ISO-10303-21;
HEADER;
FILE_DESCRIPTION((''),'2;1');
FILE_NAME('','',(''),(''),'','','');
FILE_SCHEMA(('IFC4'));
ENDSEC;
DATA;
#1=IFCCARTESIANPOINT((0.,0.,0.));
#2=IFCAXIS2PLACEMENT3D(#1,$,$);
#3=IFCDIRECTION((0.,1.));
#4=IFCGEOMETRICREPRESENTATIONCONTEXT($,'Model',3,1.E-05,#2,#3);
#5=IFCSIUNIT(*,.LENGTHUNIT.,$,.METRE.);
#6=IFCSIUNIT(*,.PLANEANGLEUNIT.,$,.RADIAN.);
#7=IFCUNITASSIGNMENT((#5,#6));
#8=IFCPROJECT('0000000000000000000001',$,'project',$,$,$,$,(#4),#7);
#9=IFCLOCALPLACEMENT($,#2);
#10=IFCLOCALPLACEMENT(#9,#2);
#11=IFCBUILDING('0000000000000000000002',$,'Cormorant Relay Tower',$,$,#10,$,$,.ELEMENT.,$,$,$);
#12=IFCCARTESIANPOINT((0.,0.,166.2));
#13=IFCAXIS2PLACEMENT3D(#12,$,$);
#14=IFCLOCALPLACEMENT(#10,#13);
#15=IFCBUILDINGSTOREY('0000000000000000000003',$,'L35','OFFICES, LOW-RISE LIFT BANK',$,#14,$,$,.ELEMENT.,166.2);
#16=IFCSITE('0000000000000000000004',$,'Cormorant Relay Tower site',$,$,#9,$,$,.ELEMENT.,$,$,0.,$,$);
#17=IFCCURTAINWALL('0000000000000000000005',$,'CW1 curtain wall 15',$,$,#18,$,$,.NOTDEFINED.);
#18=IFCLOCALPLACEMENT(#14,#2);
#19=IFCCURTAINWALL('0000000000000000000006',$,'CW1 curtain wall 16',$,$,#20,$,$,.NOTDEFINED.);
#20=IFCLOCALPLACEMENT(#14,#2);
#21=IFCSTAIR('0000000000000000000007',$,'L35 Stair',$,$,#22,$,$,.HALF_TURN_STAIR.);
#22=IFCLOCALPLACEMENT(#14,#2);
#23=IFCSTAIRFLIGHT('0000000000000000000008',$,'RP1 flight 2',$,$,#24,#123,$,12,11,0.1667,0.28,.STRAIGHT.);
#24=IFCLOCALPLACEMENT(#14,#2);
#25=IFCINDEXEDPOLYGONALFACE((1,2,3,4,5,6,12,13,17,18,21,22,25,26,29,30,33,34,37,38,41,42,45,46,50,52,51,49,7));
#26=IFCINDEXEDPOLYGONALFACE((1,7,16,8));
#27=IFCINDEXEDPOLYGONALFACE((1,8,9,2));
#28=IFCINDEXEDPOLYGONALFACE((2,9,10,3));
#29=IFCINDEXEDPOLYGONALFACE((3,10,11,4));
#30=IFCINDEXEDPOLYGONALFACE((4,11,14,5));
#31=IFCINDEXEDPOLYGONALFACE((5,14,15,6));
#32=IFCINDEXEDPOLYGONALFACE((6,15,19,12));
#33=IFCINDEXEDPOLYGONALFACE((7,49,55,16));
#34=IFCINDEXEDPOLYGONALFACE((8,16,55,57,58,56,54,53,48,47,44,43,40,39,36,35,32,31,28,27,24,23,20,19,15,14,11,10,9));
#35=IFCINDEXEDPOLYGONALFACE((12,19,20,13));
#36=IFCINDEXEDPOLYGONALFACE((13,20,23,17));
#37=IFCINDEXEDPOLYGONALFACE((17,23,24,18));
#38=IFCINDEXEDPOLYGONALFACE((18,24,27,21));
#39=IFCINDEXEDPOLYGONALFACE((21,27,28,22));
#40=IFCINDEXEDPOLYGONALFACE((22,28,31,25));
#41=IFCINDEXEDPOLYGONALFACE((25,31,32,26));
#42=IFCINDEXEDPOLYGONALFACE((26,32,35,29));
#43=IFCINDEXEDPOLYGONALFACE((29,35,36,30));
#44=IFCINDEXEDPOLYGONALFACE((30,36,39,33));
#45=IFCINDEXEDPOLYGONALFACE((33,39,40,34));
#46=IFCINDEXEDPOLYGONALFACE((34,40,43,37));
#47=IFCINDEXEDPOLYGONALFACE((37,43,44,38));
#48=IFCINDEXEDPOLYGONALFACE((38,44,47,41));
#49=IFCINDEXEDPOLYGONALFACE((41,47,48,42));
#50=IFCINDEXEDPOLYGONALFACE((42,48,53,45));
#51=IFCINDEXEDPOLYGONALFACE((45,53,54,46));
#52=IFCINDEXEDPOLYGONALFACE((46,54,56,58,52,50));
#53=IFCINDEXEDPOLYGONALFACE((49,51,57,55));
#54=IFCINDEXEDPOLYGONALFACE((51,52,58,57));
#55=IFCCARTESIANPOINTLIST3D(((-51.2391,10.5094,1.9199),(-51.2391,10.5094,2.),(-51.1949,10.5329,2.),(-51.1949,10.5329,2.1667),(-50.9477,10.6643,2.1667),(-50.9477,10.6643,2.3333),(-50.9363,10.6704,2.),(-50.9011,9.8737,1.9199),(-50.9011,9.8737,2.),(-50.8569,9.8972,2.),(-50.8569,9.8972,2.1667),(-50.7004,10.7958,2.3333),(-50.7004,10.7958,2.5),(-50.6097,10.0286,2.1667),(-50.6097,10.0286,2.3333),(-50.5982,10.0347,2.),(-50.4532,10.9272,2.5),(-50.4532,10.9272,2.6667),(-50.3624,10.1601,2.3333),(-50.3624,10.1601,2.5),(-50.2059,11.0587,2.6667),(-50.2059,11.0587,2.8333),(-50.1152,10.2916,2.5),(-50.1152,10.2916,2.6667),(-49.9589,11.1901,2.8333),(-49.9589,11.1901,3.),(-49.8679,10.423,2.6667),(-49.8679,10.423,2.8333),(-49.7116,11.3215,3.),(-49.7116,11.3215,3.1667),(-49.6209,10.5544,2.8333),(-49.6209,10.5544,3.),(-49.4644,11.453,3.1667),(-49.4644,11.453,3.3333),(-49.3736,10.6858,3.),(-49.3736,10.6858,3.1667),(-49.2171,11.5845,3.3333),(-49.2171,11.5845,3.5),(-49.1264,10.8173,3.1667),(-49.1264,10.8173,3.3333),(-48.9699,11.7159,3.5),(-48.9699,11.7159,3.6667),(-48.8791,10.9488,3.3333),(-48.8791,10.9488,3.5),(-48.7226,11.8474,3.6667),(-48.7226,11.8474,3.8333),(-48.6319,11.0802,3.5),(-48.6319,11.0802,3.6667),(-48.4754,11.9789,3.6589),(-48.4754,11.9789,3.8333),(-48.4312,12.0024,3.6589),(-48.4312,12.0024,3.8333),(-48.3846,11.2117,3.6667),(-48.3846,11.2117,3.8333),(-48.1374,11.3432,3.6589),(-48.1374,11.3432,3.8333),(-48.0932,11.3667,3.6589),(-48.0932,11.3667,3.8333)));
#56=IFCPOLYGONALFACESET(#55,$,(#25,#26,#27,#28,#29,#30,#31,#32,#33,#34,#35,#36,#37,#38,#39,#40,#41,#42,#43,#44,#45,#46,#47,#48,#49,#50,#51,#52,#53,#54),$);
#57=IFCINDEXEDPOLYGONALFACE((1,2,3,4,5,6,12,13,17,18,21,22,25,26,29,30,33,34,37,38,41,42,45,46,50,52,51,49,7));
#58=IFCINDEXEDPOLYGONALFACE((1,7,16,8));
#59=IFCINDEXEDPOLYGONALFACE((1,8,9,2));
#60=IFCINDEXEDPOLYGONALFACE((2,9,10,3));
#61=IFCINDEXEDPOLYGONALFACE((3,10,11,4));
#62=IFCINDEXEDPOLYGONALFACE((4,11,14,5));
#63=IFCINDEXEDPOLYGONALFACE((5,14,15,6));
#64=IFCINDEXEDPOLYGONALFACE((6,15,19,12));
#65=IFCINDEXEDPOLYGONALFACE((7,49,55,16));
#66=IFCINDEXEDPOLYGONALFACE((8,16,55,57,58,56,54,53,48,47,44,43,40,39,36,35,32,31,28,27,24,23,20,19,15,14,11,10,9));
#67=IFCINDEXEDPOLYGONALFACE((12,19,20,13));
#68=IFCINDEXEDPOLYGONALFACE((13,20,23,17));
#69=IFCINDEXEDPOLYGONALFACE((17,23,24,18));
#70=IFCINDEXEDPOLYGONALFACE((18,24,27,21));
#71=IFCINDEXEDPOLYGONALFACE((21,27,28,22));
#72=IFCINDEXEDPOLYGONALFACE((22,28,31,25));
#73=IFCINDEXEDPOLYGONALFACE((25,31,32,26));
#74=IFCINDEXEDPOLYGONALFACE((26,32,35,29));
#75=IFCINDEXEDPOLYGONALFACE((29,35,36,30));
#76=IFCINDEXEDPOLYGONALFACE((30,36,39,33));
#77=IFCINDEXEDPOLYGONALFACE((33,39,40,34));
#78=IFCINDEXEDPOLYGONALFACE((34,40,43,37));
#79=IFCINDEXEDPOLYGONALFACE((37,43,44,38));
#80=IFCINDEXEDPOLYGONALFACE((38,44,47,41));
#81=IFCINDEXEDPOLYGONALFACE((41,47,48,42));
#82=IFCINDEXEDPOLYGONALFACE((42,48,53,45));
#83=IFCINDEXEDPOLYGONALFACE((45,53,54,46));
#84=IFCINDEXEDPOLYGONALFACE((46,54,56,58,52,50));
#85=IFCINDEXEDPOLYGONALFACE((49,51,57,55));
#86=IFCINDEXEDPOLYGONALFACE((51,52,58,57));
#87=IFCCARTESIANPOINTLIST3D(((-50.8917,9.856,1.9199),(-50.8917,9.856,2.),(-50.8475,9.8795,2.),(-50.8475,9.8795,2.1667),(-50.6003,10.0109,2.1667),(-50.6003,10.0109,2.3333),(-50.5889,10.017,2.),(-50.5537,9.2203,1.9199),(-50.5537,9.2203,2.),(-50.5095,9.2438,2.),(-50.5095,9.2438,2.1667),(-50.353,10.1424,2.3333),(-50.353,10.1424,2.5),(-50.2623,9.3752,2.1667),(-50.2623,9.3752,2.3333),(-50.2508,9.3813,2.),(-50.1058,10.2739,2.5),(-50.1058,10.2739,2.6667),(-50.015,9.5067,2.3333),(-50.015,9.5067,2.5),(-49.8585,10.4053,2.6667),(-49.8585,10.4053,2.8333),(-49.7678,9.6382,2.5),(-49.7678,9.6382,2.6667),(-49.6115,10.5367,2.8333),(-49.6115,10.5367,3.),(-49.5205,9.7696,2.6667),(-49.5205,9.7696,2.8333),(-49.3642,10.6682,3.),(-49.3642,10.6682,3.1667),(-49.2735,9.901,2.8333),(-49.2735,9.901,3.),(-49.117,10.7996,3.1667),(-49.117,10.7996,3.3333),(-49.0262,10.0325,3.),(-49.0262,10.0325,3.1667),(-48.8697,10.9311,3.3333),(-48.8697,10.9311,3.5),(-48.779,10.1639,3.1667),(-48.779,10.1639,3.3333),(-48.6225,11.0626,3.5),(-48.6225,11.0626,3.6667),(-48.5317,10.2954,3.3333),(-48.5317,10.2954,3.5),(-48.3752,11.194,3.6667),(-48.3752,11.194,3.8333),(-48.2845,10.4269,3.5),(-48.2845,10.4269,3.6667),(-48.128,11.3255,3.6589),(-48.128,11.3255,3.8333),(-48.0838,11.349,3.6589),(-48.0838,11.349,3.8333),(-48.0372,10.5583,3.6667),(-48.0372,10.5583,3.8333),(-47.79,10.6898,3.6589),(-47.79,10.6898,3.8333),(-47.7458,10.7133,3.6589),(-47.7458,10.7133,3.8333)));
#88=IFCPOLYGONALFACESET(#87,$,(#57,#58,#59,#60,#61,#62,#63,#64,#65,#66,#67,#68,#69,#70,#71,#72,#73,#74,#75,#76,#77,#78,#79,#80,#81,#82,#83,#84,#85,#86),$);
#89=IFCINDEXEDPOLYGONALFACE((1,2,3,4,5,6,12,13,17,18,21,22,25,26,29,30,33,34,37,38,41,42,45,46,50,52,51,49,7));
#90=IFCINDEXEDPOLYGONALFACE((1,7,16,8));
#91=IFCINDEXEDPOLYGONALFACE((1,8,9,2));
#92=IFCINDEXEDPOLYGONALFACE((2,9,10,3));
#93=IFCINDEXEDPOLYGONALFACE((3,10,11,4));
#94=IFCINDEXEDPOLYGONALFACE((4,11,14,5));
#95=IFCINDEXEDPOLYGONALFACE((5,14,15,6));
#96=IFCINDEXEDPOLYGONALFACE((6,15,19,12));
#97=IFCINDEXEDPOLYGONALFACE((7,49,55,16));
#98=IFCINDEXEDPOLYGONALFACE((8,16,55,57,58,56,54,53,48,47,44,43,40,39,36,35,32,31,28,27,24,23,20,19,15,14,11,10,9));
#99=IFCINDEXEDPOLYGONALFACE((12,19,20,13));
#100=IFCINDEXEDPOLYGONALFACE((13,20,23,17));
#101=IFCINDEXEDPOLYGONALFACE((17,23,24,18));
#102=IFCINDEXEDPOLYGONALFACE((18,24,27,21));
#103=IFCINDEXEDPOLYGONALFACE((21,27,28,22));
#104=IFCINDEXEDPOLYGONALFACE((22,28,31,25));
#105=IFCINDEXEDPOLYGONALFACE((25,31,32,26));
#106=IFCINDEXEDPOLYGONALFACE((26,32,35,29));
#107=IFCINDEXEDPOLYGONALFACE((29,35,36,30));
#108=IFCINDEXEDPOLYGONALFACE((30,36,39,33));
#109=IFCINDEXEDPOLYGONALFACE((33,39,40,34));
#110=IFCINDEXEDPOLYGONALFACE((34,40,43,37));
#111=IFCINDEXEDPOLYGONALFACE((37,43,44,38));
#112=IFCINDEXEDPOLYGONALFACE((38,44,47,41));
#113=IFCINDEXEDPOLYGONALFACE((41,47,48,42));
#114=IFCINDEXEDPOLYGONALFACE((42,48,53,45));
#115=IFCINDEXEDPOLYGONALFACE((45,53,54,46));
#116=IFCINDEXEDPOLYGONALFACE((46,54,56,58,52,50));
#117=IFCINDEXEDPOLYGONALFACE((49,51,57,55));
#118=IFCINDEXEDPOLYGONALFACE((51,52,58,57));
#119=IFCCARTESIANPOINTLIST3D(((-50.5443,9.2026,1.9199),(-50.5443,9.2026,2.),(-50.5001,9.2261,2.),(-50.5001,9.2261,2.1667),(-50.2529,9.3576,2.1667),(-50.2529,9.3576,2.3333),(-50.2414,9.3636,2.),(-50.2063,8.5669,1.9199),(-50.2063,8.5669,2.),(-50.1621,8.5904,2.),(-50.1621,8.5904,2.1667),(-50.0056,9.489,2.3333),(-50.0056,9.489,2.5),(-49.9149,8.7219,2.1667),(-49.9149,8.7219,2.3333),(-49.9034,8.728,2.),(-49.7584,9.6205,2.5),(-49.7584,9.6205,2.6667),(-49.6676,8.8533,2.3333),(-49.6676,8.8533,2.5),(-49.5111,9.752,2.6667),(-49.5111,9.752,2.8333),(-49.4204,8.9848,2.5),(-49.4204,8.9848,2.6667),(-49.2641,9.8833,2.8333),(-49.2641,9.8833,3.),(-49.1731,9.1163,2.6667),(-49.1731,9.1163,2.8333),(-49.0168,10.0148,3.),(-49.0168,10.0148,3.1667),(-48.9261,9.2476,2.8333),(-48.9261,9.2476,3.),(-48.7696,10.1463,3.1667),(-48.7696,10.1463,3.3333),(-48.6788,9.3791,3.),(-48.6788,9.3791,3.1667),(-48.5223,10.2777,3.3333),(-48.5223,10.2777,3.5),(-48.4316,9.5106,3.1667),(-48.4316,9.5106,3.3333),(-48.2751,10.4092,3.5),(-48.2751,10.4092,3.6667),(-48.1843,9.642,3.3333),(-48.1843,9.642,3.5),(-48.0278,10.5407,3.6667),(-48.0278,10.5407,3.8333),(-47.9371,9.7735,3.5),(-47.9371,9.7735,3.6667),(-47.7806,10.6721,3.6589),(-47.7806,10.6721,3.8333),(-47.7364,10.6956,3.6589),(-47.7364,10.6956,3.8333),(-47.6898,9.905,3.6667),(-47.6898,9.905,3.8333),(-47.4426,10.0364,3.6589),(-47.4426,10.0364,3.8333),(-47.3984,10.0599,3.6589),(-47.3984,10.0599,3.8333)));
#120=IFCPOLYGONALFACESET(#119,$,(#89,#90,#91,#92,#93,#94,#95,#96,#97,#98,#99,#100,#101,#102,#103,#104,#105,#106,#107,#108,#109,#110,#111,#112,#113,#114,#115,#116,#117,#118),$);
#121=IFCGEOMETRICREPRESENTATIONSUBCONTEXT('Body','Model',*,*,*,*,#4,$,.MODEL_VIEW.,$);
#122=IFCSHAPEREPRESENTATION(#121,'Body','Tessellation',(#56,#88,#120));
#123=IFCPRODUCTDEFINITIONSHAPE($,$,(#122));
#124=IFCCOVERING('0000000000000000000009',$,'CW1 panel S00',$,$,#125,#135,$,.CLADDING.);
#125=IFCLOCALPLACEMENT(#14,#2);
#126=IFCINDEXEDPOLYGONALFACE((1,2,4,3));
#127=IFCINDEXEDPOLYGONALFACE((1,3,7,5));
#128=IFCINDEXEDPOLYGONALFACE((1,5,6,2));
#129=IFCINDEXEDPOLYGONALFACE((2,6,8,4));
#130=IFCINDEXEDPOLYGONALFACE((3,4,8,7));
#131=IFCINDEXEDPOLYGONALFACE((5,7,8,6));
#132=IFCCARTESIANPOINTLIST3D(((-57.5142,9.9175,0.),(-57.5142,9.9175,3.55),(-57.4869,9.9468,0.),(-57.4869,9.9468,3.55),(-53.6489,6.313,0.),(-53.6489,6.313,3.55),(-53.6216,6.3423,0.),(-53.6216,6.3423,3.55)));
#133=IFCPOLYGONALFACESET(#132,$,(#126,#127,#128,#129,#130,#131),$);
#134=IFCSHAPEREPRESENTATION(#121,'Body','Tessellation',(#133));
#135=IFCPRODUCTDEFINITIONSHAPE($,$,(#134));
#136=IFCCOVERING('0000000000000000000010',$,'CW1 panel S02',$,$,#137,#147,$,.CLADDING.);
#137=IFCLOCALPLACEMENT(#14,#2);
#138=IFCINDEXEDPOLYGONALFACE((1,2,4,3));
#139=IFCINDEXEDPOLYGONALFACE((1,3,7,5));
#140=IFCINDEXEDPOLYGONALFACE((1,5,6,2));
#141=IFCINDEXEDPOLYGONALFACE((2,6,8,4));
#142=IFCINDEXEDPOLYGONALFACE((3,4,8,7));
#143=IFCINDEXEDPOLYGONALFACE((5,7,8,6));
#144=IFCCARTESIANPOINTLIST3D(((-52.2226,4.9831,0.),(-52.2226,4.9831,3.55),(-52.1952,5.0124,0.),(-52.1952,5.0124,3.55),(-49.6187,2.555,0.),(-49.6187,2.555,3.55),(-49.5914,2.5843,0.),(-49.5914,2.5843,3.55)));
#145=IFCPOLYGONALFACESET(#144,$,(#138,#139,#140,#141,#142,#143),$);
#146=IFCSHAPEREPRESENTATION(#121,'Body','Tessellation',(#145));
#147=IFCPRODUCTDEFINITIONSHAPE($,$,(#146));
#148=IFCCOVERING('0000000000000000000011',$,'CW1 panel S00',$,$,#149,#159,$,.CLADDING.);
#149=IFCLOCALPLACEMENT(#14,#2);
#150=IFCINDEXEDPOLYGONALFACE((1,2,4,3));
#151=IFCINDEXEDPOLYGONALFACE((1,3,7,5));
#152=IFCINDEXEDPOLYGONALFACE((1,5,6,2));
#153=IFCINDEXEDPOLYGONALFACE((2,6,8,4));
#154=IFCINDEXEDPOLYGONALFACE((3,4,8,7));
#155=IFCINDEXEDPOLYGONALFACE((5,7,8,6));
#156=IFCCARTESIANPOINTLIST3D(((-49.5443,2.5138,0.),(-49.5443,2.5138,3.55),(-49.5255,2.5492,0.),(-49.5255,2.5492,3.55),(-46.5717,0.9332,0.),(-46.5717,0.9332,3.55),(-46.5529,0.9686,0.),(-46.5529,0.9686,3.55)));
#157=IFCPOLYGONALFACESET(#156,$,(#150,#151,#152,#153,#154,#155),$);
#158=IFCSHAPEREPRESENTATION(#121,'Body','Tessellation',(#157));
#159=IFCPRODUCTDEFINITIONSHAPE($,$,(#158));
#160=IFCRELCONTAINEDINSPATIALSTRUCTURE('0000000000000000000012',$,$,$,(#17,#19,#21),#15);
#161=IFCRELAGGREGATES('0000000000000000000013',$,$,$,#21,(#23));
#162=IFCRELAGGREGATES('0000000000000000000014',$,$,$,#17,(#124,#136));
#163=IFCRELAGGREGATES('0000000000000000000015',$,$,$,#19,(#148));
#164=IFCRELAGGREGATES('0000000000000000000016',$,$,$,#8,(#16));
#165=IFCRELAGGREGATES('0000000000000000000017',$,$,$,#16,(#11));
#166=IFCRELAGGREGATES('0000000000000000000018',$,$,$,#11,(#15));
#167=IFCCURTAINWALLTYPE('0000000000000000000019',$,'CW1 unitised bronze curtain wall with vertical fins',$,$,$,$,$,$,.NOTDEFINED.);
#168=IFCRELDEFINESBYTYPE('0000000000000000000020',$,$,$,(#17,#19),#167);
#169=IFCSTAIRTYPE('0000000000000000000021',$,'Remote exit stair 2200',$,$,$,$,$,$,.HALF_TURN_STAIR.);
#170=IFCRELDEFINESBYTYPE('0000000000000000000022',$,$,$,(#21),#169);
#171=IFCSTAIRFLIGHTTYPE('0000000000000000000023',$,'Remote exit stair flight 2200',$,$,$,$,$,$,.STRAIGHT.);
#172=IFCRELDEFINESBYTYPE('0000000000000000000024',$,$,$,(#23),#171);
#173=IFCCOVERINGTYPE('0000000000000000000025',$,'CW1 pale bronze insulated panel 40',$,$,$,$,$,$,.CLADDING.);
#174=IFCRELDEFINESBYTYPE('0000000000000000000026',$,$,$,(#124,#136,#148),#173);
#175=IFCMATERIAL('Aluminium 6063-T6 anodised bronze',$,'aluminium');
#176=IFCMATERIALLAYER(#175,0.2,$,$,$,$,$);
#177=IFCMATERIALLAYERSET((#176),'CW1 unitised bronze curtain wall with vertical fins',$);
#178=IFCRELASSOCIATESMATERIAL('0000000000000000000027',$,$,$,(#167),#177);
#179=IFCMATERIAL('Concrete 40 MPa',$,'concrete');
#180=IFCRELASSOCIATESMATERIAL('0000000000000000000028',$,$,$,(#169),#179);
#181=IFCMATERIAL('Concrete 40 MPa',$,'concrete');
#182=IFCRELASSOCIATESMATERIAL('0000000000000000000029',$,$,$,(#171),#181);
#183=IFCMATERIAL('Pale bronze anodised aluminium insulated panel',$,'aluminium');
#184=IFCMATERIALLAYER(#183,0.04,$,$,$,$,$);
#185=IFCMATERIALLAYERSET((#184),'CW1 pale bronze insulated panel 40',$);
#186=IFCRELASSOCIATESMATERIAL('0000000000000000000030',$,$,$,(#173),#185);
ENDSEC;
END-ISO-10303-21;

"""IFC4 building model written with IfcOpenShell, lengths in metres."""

from ifc_helpers import new_model, si_unit, direction, frame, origin, origin_2d, place, context, subcontext, project, spatial, polyline, rectangle, outline, extrude, material, layer, layer_set, type_object, element, aggregate, save


model = new_model("IFC4")

# Units and contexts
model_context = context("Model", 3, precision=1e-05, world=origin(), true_north=direction((0.0, 1.0)))
body_context = subcontext(model_context, "Body", "Model", "MODEL_VIEW")
ifc_project = project(units=[si_unit("LENGTHUNIT", "METRE"), si_unit("PLANEANGLEUNIT", "RADIAN")], contexts=[model_context])

# Site, building, storey
site_placement = place(None, origin())
site = spatial("IfcSite", under=ifc_project, at=site_placement, Name="Cormorant Relay Tower site", CompositionType="ELEMENT", RefElevation=0.0)
building_placement = place(site_placement, origin())
building = spatial("IfcBuilding", under=site, at=building_placement, Name="Cormorant Relay Tower", CompositionType="ELEMENT")
storey_placement = place(building_placement, frame((0.0, 0.0, 166.2)))
storey = spatial("IfcBuildingStorey", under=building, at=storey_placement, Name="L35", Description="OFFICES, LOW-RISE LIFT BANK", CompositionType="ELEMENT", Elevation=166.2)

# Shared definitions
ifc_material_1 = material(Name="Aluminium 6063-T6 anodised bronze", Category="aluminium")
ifc_layer_1 = layer(ifc_material_1, 0.2)
ifc_layer_set_1 = layer_set([ifc_layer_1], Name="CW1 unitised bronze curtain wall with vertical fins")
curtain_wall_type = type_object("IfcCurtainWallType", Name="CW1 unitised bronze curtain wall with vertical fins", PredefinedType="NOTDEFINED", material=ifc_layer_set_1)

# Curtain wall
curtain_wall_1_placement = place(storey_placement, origin())
curtain_wall_1 = element("IfcCurtainWall", 1, at=curtain_wall_1_placement, inside=storey, type_object=curtain_wall_type, Name="CW1 curtain wall 15", PredefinedType="NOTDEFINED")

# Curtain wall
curtain_wall_2_placement = place(storey_placement, origin())
curtain_wall_2 = element("IfcCurtainWall", 2, at=curtain_wall_2_placement, inside=storey, type_object=curtain_wall_type, Name="CW1 curtain wall 16", PredefinedType="NOTDEFINED")

# Stair, stair flight
ifc_material_2 = material(Name="Concrete 40 MPa", Category="concrete")
stair_type = type_object("IfcStairType", Name="Remote exit stair 2200", PredefinedType="HALF_TURN_STAIR", material=ifc_material_2)
stair_placement = place(storey_placement, origin())
stair = element("IfcStair", 3, at=stair_placement, inside=storey, type_object=stair_type, Name="L35 Stair", PredefinedType="HALF_TURN_STAIR")
ifc_material_3 = material(Name="Concrete 40 MPa", Category="concrete")
stair_flight_type = type_object("IfcStairFlightType", Name="Remote exit stair flight 2200", PredefinedType="STRAIGHT", material=ifc_material_3)
stair_flight_1_placement = place(storey_placement, frame((-50.6785, 9.5615, 2.0), z_axis=(0.0, 0.0, 1.0), x_axis=(0.882948, 0.469472, 0.0)))
stair_flight_1 = element("IfcStairFlight", 4, at=stair_flight_1_placement, type_object=stair_flight_type, Name="RP1 flight 2", NumberOfRisers=12, NumberOfTreads=11, PredefinedType="STRAIGHT", RiserHeight=0.1667, TreadLength=0.28, context=body_context, shape_type="SweptSolid", body=[
    extrude(outline(polyline([(-0.05, -0.0801), (-0.05, 0.0), (0.0, 0.0), (0.0, 0.1667), (0.28, 0.1667), (0.28, 0.3333), (0.5601, 0.3333), (0.5601, 0.5), (0.8401, 0.5), (0.8401, 0.6667), (1.1201, 0.6667), (1.1201, 0.8333), (1.3999, 0.8333), (1.3999, 1.0), (1.6799, 1.0), (1.6799, 1.1667), (1.96, 1.1667), (1.96, 1.3333), (2.24, 1.3333), (2.24, 1.5), (2.52, 1.5), (2.52, 1.6667), (2.8, 1.6667), (2.8, 1.8333), (3.0801, 1.8333), (3.1301, 1.8333), (3.1301, 1.6589), (3.0801, 1.6589), (0.293, 0.0), (-0.05, -0.0801)])), frame((0.0, 1.1001, 0.0), z_axis=(0.0, -1.0, 0.0), x_axis=(1.0, 0.0, 0.0)), (0.0, 0.0, 1.0), 0.72),
    extrude(outline(polyline([(-0.05, -0.0801), (-0.05, 0.0), (0.0, 0.0), (0.0, 0.1667), (0.28, 0.1667), (0.28, 0.3333), (0.5601, 0.3333), (0.5601, 0.5), (0.8401, 0.5), (0.8401, 0.6667), (1.1201, 0.6667), (1.1201, 0.8333), (1.3999, 0.8333), (1.3999, 1.0), (1.6799, 1.0), (1.6799, 1.1667), (1.96, 1.1667), (1.96, 1.3333), (2.24, 1.3333), (2.24, 1.5), (2.52, 1.5), (2.52, 1.6667), (2.8, 1.6667), (2.8, 1.8333), (3.0801, 1.8333), (3.1301, 1.8333), (3.1301, 1.6589), (3.0801, 1.6589), (0.293, 0.0), (-0.05, -0.0801)])), frame((0.0, 0.3601, 0.0), z_axis=(0.0, -1.0, 0.0), x_axis=(1.0, 0.0, 0.0)), (0.0, 0.0, 1.0), 0.72),
    extrude(outline(polyline([(-0.05, -0.0801), (-0.05, 0.0), (0.0, 0.0), (0.0, 0.1667), (0.28, 0.1667), (0.28, 0.3333), (0.5601, 0.3333), (0.5601, 0.5), (0.8401, 0.5), (0.8401, 0.6667), (1.1201, 0.6667), (1.1201, 0.8333), (1.3999, 0.8333), (1.3999, 1.0), (1.6799, 1.0), (1.6799, 1.1667), (1.96, 1.1667), (1.96, 1.3333), (2.24, 1.3333), (2.24, 1.5), (2.52, 1.5), (2.52, 1.6667), (2.8, 1.6667), (2.8, 1.8333), (3.0801, 1.8333), (3.1301, 1.8333), (3.1301, 1.6589), (3.0801, 1.6589), (0.293, 0.0), (-0.05, -0.0801)])), frame((0.0, -0.3799, 0.0), z_axis=(0.0, -1.0, 0.0), x_axis=(1.0, 0.0, 0.0)), (0.0, 0.0, 1.0), 0.72),
])
aggregate(stair, [stair_flight_1])

# Coverings
ifc_material_4 = material(Name="Pale bronze anodised aluminium insulated panel", Category="aluminium")
ifc_layer_2 = layer(ifc_material_4, 0.04)
ifc_layer_set_2 = layer_set([ifc_layer_2], Name="CW1 pale bronze insulated panel 40")
covering_type = type_object("IfcCoveringType", Name="CW1 pale bronze insulated panel 40", PredefinedType="CLADDING", material=ifc_layer_set_2)
covering_1_placement = place(storey_placement, frame((-55.5679, 8.1299, 0.0), z_axis=(0.0, 0.0, 1.0), x_axis=(0.731354, -0.681998, 0.0)))
covering_1 = element("IfcCovering", 5, at=covering_1_placement, type_object=covering_type, Name="CW1 panel S00", PredefinedType="CLADDING", context=body_context, shape_type="SweptSolid", body=[
    extrude(rectangle(XDim=5.2852, YDim=0.04, at=origin_2d()), origin(), (0.0, 0.0, 1.0), 3.55),
])
covering_2_placement = place(storey_placement, frame((-50.907, 3.7837, 0.0), z_axis=(0.0, 0.0, 1.0), x_axis=(0.731354, -0.681998, 0.0)))
covering_2 = element("IfcCovering", 6, at=covering_2_placement, type_object=covering_type, Name="CW1 panel S02", PredefinedType="CLADDING", context=body_context, shape_type="SweptSolid", body=[
    extrude(rectangle(XDim=3.5603, YDim=0.04, at=origin_2d()), origin(), (0.0, 0.0, 1.0), 3.55),
])
aggregate(curtain_wall_1, [covering_1, covering_2])
covering_3_placement = place(storey_placement, frame((-48.0486, 1.7412, 0.0), z_axis=(0.0, 0.0, 1.0), x_axis=(0.882948, -0.469472, 0.0)))
covering_3 = element("IfcCovering", 7, at=covering_3_placement, type_object=covering_type, Name="CW1 panel S00", PredefinedType="CLADDING", context=body_context, shape_type="SweptSolid", body=[
    extrude(rectangle(XDim=3.3667, YDim=0.04, at=origin_2d()), origin(), (0.0, 0.0, 1.0), 3.55),
])
aggregate(curtain_wall_2, [covering_3])

save(model, "model.ifc")
